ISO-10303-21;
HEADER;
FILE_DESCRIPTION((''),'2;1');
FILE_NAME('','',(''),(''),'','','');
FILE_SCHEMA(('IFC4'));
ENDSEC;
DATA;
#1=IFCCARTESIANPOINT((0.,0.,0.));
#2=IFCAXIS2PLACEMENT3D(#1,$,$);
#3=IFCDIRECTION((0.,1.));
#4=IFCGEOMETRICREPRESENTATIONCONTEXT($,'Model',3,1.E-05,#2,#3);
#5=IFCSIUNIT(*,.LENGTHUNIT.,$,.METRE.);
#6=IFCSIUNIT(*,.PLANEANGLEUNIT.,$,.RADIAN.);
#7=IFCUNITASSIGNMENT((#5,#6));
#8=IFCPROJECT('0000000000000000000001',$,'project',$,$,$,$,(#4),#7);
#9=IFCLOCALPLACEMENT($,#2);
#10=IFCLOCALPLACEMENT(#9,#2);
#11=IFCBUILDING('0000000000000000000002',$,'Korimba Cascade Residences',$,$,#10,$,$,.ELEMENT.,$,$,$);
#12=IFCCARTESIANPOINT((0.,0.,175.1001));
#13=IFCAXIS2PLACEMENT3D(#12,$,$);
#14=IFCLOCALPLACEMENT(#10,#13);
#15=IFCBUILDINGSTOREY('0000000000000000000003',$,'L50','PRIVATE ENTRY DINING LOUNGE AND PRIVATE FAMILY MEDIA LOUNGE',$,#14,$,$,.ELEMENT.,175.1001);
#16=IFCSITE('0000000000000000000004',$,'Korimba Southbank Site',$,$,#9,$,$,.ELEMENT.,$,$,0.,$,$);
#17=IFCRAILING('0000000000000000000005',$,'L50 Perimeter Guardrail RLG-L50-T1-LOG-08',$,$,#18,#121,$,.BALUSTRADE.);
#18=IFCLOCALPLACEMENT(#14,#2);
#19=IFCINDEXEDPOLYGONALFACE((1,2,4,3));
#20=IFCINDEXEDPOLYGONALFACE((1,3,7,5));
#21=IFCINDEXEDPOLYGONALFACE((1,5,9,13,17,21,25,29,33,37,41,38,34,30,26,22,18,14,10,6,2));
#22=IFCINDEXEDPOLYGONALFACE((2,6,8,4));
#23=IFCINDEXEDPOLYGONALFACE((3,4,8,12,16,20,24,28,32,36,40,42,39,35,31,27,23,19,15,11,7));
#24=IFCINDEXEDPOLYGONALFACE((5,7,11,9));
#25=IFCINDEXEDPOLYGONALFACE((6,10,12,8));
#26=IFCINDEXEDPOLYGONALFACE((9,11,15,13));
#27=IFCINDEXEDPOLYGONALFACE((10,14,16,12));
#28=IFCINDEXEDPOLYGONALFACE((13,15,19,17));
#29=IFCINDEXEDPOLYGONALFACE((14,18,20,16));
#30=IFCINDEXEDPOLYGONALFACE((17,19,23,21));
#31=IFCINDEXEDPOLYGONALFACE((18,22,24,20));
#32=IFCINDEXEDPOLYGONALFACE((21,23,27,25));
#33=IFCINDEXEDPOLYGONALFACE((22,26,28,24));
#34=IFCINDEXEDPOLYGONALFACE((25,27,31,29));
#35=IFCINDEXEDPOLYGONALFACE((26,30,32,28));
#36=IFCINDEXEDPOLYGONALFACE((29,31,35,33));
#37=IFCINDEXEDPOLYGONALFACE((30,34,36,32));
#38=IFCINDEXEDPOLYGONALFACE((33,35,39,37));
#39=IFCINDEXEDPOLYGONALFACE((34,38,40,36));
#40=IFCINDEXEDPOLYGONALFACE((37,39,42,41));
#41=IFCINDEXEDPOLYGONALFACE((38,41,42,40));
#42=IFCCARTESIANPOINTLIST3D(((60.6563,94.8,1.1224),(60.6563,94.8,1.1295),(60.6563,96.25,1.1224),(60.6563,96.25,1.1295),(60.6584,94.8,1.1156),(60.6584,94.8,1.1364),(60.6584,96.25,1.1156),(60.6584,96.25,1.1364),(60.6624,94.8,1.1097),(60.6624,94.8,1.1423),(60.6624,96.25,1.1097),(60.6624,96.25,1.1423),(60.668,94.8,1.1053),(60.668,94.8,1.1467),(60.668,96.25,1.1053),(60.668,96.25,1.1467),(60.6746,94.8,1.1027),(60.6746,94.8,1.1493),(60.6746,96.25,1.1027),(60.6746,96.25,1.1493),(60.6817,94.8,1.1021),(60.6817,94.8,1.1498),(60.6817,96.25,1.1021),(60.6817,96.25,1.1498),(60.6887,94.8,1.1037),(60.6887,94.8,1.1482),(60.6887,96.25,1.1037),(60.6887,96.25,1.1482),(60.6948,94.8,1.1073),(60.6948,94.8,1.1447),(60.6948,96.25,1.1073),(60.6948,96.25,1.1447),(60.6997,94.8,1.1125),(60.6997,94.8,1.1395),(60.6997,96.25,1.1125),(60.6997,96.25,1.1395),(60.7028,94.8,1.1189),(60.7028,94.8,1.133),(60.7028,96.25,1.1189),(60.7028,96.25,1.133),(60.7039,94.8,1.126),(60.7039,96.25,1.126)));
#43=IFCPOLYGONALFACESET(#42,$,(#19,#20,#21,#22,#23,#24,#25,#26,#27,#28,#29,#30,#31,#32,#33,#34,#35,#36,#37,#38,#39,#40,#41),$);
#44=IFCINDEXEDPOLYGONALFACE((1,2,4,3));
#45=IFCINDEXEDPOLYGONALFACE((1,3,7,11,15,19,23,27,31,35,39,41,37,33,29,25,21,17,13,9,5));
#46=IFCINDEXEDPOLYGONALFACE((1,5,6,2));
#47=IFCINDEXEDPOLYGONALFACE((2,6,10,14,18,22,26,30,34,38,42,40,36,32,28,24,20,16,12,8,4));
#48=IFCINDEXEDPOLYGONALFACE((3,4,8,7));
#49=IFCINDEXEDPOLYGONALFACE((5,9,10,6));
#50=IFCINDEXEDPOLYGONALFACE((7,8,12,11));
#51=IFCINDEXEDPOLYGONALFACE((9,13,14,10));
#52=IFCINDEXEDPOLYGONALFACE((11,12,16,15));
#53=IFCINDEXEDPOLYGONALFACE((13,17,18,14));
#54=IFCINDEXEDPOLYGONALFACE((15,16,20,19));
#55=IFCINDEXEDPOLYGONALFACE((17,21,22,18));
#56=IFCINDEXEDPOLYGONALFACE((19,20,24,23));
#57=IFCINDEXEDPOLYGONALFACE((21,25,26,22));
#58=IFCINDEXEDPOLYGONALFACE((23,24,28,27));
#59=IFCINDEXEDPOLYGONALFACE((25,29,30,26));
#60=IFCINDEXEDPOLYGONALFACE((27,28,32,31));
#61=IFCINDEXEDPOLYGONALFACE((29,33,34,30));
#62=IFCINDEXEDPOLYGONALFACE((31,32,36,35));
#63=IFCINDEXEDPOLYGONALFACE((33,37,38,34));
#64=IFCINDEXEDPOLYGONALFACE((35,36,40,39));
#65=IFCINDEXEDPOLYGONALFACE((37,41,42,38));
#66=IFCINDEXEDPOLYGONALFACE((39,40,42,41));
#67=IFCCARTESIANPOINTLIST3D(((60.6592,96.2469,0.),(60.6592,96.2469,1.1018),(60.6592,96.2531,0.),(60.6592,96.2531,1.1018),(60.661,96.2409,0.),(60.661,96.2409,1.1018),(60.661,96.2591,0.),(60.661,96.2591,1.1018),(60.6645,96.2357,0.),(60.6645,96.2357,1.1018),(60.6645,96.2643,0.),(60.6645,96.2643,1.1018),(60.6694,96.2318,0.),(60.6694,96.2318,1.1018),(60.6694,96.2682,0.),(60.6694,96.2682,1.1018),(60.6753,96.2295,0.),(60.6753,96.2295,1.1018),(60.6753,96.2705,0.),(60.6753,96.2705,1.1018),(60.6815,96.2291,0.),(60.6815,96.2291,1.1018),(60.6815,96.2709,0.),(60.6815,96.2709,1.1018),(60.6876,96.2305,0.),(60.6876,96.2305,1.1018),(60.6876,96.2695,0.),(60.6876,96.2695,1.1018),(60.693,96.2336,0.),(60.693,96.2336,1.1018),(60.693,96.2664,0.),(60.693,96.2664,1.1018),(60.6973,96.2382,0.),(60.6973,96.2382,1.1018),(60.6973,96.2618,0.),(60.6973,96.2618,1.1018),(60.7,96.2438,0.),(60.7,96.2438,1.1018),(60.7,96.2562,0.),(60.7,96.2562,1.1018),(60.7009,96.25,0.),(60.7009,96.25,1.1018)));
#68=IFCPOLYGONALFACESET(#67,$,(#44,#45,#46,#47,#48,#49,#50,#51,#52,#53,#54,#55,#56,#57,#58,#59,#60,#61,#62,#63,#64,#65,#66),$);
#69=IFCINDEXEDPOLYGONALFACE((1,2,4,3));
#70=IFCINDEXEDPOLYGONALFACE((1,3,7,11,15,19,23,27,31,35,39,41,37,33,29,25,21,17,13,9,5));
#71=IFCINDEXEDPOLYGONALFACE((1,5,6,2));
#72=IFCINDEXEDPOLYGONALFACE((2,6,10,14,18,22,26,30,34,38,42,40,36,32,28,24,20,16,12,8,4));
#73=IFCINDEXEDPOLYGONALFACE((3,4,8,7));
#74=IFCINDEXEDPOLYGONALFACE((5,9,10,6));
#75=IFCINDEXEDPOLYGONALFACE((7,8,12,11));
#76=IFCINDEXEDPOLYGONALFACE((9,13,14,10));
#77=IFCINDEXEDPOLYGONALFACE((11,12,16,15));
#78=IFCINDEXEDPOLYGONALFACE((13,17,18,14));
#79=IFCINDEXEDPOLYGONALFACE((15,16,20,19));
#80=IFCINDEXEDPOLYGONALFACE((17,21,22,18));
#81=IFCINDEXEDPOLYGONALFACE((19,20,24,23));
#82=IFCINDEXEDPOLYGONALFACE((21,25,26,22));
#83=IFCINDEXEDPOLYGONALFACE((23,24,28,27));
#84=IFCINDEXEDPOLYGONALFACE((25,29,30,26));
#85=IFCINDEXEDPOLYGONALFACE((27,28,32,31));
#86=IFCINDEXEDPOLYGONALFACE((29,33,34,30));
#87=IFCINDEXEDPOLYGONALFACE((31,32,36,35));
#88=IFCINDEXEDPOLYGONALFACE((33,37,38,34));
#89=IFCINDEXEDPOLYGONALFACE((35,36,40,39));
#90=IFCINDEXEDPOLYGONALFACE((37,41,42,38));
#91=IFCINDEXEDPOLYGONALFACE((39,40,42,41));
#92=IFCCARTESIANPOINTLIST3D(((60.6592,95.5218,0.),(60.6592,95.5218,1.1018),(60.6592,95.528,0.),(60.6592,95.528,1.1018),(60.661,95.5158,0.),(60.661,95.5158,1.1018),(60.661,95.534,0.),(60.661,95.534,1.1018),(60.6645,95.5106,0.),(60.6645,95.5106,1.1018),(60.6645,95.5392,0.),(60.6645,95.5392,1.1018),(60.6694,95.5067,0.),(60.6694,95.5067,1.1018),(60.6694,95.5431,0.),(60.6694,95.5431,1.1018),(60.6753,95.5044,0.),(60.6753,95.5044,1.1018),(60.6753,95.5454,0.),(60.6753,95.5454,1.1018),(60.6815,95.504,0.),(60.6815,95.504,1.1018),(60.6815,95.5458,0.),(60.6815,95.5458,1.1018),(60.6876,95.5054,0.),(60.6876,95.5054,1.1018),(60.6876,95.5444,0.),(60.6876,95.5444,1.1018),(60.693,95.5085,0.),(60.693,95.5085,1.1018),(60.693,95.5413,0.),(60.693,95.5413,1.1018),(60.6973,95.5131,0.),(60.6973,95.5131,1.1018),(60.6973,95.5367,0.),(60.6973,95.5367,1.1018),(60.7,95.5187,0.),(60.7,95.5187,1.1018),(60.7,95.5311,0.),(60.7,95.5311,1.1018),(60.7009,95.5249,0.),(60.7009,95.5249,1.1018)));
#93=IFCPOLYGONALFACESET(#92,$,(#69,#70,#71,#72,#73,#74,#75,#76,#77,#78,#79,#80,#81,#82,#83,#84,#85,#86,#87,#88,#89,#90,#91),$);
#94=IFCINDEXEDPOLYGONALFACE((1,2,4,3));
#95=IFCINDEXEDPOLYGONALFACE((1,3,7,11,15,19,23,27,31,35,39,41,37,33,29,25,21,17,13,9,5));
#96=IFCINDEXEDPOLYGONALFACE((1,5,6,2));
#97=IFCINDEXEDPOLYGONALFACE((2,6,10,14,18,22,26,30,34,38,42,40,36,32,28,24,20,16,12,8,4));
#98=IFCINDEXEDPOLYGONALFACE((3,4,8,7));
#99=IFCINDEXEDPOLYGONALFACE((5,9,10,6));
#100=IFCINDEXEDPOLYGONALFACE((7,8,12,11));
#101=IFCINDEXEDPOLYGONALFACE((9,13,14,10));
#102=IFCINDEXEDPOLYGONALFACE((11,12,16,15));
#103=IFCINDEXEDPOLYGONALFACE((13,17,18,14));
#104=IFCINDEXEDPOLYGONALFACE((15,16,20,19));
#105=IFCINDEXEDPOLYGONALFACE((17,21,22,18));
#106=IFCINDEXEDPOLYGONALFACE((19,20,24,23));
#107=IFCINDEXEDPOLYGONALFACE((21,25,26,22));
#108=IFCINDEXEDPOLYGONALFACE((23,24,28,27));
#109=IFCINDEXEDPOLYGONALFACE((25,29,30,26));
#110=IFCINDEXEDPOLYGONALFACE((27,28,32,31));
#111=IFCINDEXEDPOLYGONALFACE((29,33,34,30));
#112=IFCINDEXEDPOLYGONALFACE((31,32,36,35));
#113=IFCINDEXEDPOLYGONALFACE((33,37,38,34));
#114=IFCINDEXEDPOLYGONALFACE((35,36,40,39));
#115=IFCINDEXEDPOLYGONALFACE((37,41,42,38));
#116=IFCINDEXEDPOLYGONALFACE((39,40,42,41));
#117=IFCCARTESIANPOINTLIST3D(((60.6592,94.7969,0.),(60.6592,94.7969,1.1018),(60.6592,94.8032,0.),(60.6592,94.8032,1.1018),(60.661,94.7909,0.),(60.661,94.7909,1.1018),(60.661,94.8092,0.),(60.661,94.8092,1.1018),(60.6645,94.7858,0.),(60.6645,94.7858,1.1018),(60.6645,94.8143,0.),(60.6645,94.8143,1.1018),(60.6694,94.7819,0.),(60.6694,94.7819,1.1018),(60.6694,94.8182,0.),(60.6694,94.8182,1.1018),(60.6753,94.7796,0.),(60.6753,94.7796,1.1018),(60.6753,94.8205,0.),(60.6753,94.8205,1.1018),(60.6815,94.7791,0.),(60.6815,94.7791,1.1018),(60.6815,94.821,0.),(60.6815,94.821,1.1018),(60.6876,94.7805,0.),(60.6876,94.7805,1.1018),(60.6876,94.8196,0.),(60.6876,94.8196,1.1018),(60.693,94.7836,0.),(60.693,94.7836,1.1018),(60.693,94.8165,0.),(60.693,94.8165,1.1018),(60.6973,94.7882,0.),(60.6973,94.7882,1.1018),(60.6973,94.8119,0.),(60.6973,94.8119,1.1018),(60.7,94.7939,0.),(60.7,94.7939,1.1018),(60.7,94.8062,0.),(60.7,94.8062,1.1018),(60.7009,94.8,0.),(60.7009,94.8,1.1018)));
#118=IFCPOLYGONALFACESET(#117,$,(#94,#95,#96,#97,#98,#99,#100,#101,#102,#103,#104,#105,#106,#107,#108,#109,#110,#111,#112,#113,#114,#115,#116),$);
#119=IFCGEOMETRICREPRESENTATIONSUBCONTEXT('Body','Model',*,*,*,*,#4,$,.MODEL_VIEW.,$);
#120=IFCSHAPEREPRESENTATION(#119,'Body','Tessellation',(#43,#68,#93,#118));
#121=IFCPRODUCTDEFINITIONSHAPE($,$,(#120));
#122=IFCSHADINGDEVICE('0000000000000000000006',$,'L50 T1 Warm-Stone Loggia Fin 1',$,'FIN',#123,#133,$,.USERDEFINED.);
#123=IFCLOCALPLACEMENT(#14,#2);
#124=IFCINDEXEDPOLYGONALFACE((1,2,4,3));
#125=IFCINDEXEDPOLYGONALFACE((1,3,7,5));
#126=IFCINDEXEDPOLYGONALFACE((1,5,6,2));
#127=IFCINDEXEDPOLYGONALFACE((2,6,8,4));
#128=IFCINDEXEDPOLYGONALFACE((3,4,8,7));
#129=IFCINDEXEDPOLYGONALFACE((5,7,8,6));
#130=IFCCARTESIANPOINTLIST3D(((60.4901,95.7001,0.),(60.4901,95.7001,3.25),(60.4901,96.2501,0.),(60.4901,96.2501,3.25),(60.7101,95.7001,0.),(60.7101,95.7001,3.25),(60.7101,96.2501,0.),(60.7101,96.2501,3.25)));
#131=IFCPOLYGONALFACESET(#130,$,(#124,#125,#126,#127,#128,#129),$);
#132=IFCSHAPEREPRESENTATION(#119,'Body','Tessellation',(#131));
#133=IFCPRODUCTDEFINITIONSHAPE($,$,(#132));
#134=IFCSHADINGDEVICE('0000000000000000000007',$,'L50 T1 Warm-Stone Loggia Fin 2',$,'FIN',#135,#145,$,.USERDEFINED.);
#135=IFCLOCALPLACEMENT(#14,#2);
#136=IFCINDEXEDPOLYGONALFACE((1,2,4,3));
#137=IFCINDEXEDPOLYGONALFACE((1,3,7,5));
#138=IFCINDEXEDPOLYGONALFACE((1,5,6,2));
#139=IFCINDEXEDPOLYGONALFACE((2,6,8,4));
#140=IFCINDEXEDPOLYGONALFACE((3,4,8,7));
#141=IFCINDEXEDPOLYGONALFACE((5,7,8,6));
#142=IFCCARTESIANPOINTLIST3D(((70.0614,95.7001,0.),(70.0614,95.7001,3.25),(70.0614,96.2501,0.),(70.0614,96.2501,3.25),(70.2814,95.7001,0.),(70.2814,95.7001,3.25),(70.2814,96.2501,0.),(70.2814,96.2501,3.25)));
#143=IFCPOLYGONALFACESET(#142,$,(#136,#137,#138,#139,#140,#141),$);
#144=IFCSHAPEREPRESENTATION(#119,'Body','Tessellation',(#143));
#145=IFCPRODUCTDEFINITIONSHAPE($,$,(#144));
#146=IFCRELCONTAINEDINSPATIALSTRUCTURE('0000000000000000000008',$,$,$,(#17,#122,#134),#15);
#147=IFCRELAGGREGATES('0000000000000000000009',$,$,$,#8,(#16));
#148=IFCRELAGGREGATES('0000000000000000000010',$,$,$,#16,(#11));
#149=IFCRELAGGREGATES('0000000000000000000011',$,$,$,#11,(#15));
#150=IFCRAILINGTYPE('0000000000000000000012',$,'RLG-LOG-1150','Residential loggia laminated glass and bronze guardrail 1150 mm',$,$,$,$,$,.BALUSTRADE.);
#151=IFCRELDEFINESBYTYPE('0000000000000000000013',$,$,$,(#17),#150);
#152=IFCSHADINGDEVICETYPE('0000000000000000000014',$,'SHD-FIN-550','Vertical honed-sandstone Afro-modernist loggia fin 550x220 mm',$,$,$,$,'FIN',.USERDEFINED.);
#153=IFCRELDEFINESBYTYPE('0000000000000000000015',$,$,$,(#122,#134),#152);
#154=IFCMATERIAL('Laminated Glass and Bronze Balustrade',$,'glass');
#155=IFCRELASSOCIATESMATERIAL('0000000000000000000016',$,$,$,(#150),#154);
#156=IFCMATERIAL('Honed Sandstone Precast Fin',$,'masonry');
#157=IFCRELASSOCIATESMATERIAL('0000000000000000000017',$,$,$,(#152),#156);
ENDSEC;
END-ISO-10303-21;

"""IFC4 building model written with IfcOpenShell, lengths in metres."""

from ifc_helpers import new_model, si_unit, direction, frame, origin, origin_2d, place, context, subcontext, project, spatial, rectangle, circle, extrude, material, type_object, element, save


model = new_model("IFC4")

# Units and contexts
model_context = context("Model", 3, precision=1e-05, world=origin(), true_north=direction((0.0, 1.0)))
body_context = subcontext(model_context, "Body", "Model", "MODEL_VIEW")
ifc_project = project(units=[si_unit("LENGTHUNIT", "METRE"), si_unit("PLANEANGLEUNIT", "RADIAN")], contexts=[model_context])

# Site, building, storey
site_placement = place(None, origin())
site = spatial("IfcSite", under=ifc_project, at=site_placement, Name="Korimba Southbank Site", CompositionType="ELEMENT", RefElevation=0.0)
building_placement = place(site_placement, origin())
building = spatial("IfcBuilding", under=site, at=building_placement, Name="Korimba Cascade Residences", CompositionType="ELEMENT")
storey_placement = place(building_placement, frame((0.0, 0.0, 175.1001)))
storey = spatial("IfcBuildingStorey", under=building, at=storey_placement, Name="L50", Description="PRIVATE ENTRY DINING LOUNGE AND PRIVATE FAMILY MEDIA LOUNGE", CompositionType="ELEMENT", Elevation=175.1001)

# Railing
ifc_material_1 = material(Name="Laminated Glass and Bronze Balustrade", Category="glass")
railing_type = type_object("IfcRailingType", Name="RLG-LOG-1150", Description="Residential loggia laminated glass and bronze guardrail 1150 mm", PredefinedType="BALUSTRADE", material=ifc_material_1)
railing_placement = place(storey_placement, frame((60.6799, 96.25, 0.0)))
element("IfcRailing", 1, at=railing_placement, inside=storey, type_object=railing_type, Name="L50 Perimeter Guardrail RLG-L50-T1-LOG-08", PredefinedType="BALUSTRADE", context=body_context, shape_type="SweptSolid", body=[
    extrude(circle(Radius=0.0239, at=origin_2d()), frame((0.0, 0.0, 1.126), z_axis=(0.0, -1.0, 0.0), x_axis=(1.0, 0.0, 0.0)), (0.0, 0.0, 1.0), 1.45),
    extrude(circle(Radius=0.021, at=origin_2d()), origin(), (0.0, 0.0, 1.0), 1.1018),
    extrude(circle(Radius=0.021, at=origin_2d()), frame((0.0, -0.7251, 0.0)), (0.0, 0.0, 1.0), 1.1018),
    extrude(circle(Radius=0.021, at=origin_2d()), frame((0.0, -1.45, 0.0)), (0.0, 0.0, 1.0), 1.1018),
])

# Shading devices
ifc_material_2 = material(Name="Honed Sandstone Precast Fin", Category="masonry")
shading_device_type = type_object("IfcShadingDeviceType", Name="SHD-FIN-550", Description="Vertical honed-sandstone Afro-modernist loggia fin 550x220 mm", ElementType="FIN", PredefinedType="USERDEFINED", material=ifc_material_2)
for number, where, z_axis, x_axis, name in (
    (2, (60.6001, 95.9751, 0.0), (0.0, 0.0, 1.0), (1.0, 0.0, 0.0), "L50 T1 Warm-Stone Loggia Fin 1"),
    (3, (70.1714, 95.9751, 0.0), (0.0, 0.0, 1.0), (1.0, 0.0, 0.0), "L50 T1 Warm-Stone Loggia Fin 2"),
):
    element("IfcShadingDevice", number, at=place(storey_placement, frame(where, z_axis=z_axis, x_axis=x_axis)), inside=storey, type_object=shading_device_type, Name=name, ObjectType="FIN", PredefinedType="USERDEFINED", context=body_context, shape_type="SweptSolid", body=[
        extrude(rectangle(XDim=0.22, YDim=0.55, at=origin_2d()), origin(), (0.0, 0.0, 1.0), 3.25),
    ])

save(model, "model.ifc")
